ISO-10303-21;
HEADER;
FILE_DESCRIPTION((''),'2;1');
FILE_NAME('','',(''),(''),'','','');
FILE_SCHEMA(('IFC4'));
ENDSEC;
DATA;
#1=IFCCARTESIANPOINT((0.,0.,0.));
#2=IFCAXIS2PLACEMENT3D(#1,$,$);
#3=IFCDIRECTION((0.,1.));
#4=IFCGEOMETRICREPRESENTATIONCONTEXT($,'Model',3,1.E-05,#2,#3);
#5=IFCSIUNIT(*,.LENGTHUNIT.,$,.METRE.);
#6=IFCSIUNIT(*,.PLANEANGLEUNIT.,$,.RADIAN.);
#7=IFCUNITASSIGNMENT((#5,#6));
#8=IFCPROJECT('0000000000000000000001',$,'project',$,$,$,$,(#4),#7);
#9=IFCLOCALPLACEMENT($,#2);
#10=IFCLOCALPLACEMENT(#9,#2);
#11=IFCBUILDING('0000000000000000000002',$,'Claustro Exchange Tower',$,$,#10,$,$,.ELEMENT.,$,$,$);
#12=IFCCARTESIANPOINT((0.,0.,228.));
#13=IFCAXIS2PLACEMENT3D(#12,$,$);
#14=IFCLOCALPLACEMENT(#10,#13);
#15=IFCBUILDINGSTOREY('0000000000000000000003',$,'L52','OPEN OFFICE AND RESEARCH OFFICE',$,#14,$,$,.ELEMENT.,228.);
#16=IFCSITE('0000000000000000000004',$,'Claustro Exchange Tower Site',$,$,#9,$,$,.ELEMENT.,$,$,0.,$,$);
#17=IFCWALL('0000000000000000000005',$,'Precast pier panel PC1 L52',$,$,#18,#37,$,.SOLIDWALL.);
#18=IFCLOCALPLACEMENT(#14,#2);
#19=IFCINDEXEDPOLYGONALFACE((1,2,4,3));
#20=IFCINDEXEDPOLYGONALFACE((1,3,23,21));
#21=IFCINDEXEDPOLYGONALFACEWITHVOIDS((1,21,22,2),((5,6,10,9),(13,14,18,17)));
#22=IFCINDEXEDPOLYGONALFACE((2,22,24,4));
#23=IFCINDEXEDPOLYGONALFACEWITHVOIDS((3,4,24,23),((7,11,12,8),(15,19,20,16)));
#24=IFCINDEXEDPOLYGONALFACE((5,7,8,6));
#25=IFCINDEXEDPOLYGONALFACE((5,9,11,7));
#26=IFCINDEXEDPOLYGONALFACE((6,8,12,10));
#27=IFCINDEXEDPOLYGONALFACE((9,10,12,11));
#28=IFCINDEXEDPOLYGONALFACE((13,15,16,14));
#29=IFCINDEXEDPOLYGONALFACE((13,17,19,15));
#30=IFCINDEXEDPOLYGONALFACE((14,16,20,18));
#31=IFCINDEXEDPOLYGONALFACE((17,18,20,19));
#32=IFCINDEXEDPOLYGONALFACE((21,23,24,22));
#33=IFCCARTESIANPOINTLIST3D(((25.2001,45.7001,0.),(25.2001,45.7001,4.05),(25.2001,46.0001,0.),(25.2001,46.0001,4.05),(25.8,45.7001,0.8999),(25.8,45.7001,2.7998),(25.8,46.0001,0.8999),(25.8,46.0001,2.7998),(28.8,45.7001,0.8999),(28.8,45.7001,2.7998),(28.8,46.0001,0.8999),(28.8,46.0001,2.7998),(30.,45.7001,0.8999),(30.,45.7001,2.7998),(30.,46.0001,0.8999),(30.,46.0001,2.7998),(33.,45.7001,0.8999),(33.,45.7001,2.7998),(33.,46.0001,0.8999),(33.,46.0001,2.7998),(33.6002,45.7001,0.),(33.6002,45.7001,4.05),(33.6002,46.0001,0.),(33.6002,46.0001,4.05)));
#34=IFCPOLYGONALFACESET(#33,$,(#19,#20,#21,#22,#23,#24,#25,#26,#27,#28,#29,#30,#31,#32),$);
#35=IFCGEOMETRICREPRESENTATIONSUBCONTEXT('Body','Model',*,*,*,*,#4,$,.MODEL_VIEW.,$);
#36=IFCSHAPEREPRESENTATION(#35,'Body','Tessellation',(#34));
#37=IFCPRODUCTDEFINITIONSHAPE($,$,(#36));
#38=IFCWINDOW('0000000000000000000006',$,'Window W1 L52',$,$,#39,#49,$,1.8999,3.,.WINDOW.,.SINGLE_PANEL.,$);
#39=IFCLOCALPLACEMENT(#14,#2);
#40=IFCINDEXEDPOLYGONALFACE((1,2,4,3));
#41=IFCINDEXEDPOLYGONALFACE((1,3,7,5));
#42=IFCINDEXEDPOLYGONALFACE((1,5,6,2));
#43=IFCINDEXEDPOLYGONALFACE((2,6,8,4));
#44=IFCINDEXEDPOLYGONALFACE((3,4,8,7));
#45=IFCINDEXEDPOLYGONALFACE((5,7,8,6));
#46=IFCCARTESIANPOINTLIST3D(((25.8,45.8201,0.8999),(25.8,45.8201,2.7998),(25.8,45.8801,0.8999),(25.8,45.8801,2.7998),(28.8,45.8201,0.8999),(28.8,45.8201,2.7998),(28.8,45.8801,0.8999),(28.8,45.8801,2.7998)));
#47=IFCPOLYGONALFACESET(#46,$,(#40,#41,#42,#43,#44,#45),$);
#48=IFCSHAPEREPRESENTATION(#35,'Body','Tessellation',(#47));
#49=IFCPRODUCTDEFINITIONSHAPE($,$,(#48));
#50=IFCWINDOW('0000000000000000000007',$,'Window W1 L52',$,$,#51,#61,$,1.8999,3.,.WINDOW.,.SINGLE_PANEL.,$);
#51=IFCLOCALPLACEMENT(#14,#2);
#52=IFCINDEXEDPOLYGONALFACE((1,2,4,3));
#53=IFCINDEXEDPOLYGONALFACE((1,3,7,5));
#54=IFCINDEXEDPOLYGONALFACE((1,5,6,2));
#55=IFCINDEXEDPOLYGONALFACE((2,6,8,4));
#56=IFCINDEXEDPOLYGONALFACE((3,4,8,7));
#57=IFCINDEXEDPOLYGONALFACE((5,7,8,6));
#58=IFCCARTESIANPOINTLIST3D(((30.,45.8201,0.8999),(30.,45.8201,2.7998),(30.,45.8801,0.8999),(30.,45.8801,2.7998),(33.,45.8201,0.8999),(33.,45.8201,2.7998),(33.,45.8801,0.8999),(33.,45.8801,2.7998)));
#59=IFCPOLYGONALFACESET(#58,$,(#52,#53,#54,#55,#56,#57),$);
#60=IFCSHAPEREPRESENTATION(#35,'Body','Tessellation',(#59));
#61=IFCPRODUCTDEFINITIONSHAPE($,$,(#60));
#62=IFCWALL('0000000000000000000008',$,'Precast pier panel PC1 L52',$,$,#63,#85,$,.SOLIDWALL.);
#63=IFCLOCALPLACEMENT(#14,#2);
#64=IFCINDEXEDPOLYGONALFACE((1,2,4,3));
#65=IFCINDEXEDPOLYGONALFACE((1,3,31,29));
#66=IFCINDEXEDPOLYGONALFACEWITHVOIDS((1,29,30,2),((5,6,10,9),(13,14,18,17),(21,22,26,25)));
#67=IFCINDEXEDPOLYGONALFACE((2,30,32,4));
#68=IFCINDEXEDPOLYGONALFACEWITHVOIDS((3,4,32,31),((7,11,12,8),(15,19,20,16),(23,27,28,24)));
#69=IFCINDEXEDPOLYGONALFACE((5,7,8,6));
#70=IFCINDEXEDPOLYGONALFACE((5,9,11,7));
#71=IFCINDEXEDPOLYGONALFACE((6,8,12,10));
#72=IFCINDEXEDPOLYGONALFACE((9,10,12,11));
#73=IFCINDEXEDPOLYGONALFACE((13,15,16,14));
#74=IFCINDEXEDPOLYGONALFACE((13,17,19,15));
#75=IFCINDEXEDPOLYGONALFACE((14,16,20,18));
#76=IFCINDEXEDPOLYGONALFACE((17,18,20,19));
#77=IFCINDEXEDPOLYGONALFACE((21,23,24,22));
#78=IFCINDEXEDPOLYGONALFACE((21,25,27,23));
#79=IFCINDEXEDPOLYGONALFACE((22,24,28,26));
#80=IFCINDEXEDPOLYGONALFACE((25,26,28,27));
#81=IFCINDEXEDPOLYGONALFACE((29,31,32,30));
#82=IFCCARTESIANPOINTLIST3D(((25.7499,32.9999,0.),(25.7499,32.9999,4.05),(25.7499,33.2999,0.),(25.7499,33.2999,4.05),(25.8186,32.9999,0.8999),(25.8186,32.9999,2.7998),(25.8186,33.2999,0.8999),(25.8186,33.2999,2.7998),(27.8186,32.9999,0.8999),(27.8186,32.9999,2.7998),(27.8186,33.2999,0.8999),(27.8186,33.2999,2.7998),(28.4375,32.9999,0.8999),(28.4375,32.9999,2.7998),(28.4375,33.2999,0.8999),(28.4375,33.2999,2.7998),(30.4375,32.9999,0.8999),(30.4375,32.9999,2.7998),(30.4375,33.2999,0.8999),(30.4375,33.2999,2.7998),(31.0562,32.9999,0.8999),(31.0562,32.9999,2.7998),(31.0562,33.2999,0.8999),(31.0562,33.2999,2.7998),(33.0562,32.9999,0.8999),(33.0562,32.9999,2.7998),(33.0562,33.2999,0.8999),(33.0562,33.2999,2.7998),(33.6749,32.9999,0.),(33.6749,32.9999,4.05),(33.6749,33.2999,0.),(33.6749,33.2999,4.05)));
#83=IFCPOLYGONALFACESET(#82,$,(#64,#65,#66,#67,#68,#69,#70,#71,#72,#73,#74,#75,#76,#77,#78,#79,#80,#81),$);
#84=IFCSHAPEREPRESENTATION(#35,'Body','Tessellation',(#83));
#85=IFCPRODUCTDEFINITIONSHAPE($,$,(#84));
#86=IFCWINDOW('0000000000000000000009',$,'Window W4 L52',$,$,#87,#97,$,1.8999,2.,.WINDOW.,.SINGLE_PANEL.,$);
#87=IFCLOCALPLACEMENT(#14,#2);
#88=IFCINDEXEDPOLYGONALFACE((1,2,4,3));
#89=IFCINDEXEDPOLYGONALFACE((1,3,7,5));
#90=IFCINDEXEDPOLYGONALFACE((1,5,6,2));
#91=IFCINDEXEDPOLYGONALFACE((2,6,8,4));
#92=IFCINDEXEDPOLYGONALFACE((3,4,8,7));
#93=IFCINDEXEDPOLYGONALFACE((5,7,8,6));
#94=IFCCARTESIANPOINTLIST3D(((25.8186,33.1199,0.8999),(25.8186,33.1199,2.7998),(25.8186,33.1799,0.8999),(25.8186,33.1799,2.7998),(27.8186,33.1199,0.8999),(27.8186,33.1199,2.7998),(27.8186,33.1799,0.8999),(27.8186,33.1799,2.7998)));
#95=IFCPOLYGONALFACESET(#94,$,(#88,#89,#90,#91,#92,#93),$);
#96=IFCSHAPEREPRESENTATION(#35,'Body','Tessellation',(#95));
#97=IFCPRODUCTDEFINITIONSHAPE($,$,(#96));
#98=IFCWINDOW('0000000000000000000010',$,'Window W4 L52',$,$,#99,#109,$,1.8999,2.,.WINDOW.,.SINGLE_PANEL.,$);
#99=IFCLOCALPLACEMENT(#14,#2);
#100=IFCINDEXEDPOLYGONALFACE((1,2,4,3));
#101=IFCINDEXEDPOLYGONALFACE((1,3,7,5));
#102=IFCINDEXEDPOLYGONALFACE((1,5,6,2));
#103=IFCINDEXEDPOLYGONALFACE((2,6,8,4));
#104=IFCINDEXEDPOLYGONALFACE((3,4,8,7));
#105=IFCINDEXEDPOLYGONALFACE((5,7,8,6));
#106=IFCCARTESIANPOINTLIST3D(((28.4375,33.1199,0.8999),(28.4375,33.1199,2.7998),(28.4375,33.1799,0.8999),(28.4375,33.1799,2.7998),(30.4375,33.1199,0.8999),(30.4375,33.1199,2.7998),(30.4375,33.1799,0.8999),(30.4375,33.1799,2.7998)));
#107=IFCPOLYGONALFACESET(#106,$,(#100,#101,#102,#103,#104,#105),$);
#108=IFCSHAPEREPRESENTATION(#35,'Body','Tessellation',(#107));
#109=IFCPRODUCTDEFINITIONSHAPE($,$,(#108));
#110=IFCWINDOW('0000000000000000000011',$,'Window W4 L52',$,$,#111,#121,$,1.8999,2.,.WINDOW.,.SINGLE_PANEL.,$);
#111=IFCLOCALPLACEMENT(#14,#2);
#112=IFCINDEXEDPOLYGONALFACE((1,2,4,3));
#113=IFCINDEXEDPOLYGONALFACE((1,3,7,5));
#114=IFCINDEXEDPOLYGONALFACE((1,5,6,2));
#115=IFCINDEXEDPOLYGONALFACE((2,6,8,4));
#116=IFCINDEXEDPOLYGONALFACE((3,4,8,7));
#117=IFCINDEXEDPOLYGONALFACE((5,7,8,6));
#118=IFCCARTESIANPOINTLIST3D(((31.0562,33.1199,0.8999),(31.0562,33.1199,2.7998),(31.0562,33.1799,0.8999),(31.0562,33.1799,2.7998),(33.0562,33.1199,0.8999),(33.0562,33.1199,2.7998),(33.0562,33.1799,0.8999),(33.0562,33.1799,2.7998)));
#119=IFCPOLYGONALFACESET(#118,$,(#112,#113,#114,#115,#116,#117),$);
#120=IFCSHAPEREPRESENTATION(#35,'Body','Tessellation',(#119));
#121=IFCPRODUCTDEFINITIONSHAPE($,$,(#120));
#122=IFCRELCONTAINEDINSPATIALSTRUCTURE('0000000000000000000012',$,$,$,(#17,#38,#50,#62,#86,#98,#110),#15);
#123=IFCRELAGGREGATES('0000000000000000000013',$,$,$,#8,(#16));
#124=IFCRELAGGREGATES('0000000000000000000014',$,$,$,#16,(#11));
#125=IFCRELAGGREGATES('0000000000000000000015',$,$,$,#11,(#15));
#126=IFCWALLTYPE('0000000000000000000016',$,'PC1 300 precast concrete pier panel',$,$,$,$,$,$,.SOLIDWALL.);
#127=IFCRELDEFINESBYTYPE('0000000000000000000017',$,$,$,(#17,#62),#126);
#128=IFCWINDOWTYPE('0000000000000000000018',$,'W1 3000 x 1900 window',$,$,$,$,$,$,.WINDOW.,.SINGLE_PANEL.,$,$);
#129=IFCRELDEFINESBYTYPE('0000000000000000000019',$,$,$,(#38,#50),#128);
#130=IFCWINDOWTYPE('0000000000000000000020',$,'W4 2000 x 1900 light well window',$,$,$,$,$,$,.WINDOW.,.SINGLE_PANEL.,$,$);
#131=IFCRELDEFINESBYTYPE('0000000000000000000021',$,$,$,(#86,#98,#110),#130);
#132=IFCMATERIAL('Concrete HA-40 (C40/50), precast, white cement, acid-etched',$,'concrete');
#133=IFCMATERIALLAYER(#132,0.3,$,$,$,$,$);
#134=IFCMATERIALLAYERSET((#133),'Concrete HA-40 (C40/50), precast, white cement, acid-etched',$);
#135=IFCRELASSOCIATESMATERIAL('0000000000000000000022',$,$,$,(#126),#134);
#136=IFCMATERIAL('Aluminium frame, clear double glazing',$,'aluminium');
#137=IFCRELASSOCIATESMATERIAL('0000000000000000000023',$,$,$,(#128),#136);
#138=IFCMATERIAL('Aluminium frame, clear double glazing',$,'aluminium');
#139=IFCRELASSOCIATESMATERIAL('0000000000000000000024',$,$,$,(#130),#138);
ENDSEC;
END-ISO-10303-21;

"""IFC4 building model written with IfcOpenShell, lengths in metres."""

from ifc_helpers import new_model, si_unit, direction, frame, frame_2d, origin, place, context, subcontext, project, spatial, rectangle, extrude, material, layer, layer_set, type_object, element, fill, save


model = new_model("IFC4")

# Units and contexts
model_context = context("Model", 3, precision=1e-05, world=origin(), true_north=direction((0.0, 1.0)))
body_context = subcontext(model_context, "Body", "Model", "MODEL_VIEW")
ifc_project = project(units=[si_unit("LENGTHUNIT", "METRE"), si_unit("PLANEANGLEUNIT", "RADIAN")], contexts=[model_context])

# Site, building, storey
site_placement = place(None, origin())
site = spatial("IfcSite", under=ifc_project, at=site_placement, Name="Claustro Exchange Tower Site", CompositionType="ELEMENT", RefElevation=0.0)
building_placement = place(site_placement, origin())
building = spatial("IfcBuilding", under=site, at=building_placement, Name="Claustro Exchange Tower", CompositionType="ELEMENT")
storey_placement = place(building_placement, frame((0.0, 0.0, 228.0)))
storey = spatial("IfcBuildingStorey", under=building, at=storey_placement, Name="L52", Description="OPEN OFFICE AND RESEARCH OFFICE", CompositionType="ELEMENT", Elevation=228.0)

# Walls, openings, windows
ifc_material_1 = material(Name="Concrete HA-40 (C40/50), precast, white cement, acid-etched", Category="concrete")
ifc_layer_1 = layer(ifc_material_1, 0.3)
ifc_layer_set_1 = layer_set([ifc_layer_1], Name="Concrete HA-40 (C40/50), precast, white cement, acid-etched")
wall_type_1 = type_object("IfcWallType", Name="PC1 300 precast concrete pier panel", PredefinedType="SOLIDWALL", material=ifc_layer_set_1)
wall_1_placement = place(storey_placement, frame((25.2, 45.8501, 0.0), z_axis=(0.0, 0.0, 1.0), x_axis=(1.0, 0.0, 0.0)))
wall_1 = element("IfcWall", 1, at=wall_1_placement, inside=storey, type_object=wall_type_1, Name="Precast pier panel PC1 L52", PredefinedType="SOLIDWALL", context=body_context, shape_type="SweptSolid", body=[
    extrude(rectangle(XDim=8.4001, YDim=0.3, at=frame_2d((4.2002, 0.0))), origin(), (0.0, 0.0, 1.0), 4.05),
])
opening_1_placement = place(wall_1_placement, frame((0.6001, 0.0, 0.8999)))
opening_1 = element("IfcOpeningElement", 2, at=opening_1_placement, cuts=wall_1, PredefinedType="OPENING", context=body_context, shape_type="SweptSolid", body=[
    extrude(rectangle(XDim=3.0, YDim=1.8999, at=frame_2d((1.5, 0.95))), frame((0.0, 0.1599, 0.0), z_axis=(0.0, -1.0, 0.0), x_axis=(1.0, 0.0, 0.0)), (0.0, 0.0, 1.0), 0.3201),
])
opening_2_placement = place(wall_1_placement, frame((4.8, 0.0, 0.8999)))
opening_2 = element("IfcOpeningElement", 3, at=opening_2_placement, cuts=wall_1, PredefinedType="OPENING", context=body_context, shape_type="SweptSolid", body=[
    extrude(rectangle(XDim=3.0, YDim=1.8999, at=frame_2d((1.5, 0.95))), frame((0.0, 0.1599, 0.0), z_axis=(0.0, -1.0, 0.0), x_axis=(1.0, 0.0, 0.0)), (0.0, 0.0, 1.0), 0.3201),
])
ifc_material_2 = material(Name="Aluminium frame, clear double glazing", Category="aluminium")
window_type_1 = type_object("IfcWindowType", Name="W1 3000 x 1900 window", PartitioningType="SINGLE_PANEL", PredefinedType="WINDOW", material=ifc_material_2)
window_1_placement = place(opening_1_placement, origin())
window_1 = element("IfcWindow", 4, at=window_1_placement, inside=storey, type_object=window_type_1, Name="Window W1 L52", OverallHeight=1.8999, OverallWidth=3.0, PartitioningType="SINGLE_PANEL", PredefinedType="WINDOW", context=body_context, shape_type="SweptSolid", body=[
    extrude(rectangle(XDim=3.0, YDim=1.8999, at=frame_2d((1.5, 0.95))), frame((0.0, 0.03, 0.0), z_axis=(0.0, -1.0, 0.0), x_axis=(1.0, 0.0, 0.0)), (0.0, 0.0, 1.0), 0.0601),
])
fill(opening_1, window_1)
window_2_placement = place(opening_2_placement, origin())
window_2 = element("IfcWindow", 5, at=window_2_placement, inside=storey, type_object=window_type_1, Name="Window W1 L52", OverallHeight=1.8999, OverallWidth=3.0, PartitioningType="SINGLE_PANEL", PredefinedType="WINDOW", context=body_context, shape_type="SweptSolid", body=[
    extrude(rectangle(XDim=3.0, YDim=1.8999, at=frame_2d((1.5, 0.95))), frame((0.0, 0.03, 0.0), z_axis=(0.0, -1.0, 0.0), x_axis=(1.0, 0.0, 0.0)), (0.0, 0.0, 1.0), 0.0601),
])
fill(opening_2, window_2)
wall_2_placement = place(storey_placement, frame((25.75, 33.1499, 0.0), z_axis=(0.0, 0.0, 1.0), x_axis=(1.0, 0.0, 0.0)))
wall_2 = element("IfcWall", 6, at=wall_2_placement, inside=storey, type_object=wall_type_1, Name="Precast pier panel PC1 L52", PredefinedType="SOLIDWALL", context=body_context, shape_type="SweptSolid", body=[
    extrude(rectangle(XDim=7.925, YDim=0.3, at=frame_2d((3.9624, 0.0))), origin(), (0.0, 0.0, 1.0), 4.05),
])
opening_3_placement = place(wall_2_placement, frame((0.0686, 0.0, 0.8999)))
opening_3 = element("IfcOpeningElement", 7, at=opening_3_placement, cuts=wall_2, PredefinedType="OPENING", context=body_context, shape_type="SweptSolid", body=[
    extrude(rectangle(XDim=2.0, YDim=1.8999, at=frame_2d((1.0, 0.95))), frame((0.0, 0.1599, 0.0), z_axis=(0.0, -1.0, 0.0), x_axis=(1.0, 0.0, 0.0)), (0.0, 0.0, 1.0), 0.3201),
])
opening_4_placement = place(wall_2_placement, frame((2.6875, 0.0, 0.8999)))
opening_4 = element("IfcOpeningElement", 8, at=opening_4_placement, cuts=wall_2, PredefinedType="OPENING", context=body_context, shape_type="SweptSolid", body=[
    extrude(rectangle(XDim=2.0, YDim=1.8999, at=frame_2d((1.0, 0.95))), frame((0.0, 0.1599, 0.0), z_axis=(0.0, -1.0, 0.0), x_axis=(1.0, 0.0, 0.0)), (0.0, 0.0, 1.0), 0.3201),
])
opening_5_placement = place(wall_2_placement, frame((5.3062, 0.0, 0.8999)))
opening_5 = element("IfcOpeningElement", 9, at=opening_5_placement, cuts=wall_2, PredefinedType="OPENING", context=body_context, shape_type="SweptSolid", body=[
    extrude(rectangle(XDim=2.0, YDim=1.8999, at=frame_2d((1.0, 0.95))), frame((0.0, 0.1599, 0.0), z_axis=(0.0, -1.0, 0.0), x_axis=(1.0, 0.0, 0.0)), (0.0, 0.0, 1.0), 0.3201),
])
ifc_material_3 = material(Name="Aluminium frame, clear double glazing", Category="aluminium")
window_type_2 = type_object("IfcWindowType", Name="W4 2000 x 1900 light well window", PartitioningType="SINGLE_PANEL", PredefinedType="WINDOW", material=ifc_material_3)
window_3_placement = place(opening_3_placement, origin())
window_3 = element("IfcWindow", 10, at=window_3_placement, inside=storey, type_object=window_type_2, Name="Window W4 L52", OverallHeight=1.8999, OverallWidth=2.0, PartitioningType="SINGLE_PANEL", PredefinedType="WINDOW", context=body_context, shape_type="SweptSolid", body=[
    extrude(rectangle(XDim=2.0, YDim=1.8999, at=frame_2d((1.0, 0.95))), frame((0.0, 0.03, 0.0), z_axis=(0.0, -1.0, 0.0), x_axis=(1.0, 0.0, 0.0)), (0.0, 0.0, 1.0), 0.0601),
])
fill(opening_3, window_3)
window_4_placement = place(opening_4_placement, origin())
window_4 = element("IfcWindow", 11, at=window_4_placement, inside=storey, type_object=window_type_2, Name="Window W4 L52", OverallHeight=1.8999, OverallWidth=2.0, PartitioningType="SINGLE_PANEL", PredefinedType="WINDOW", context=body_context, shape_type="SweptSolid", body=[
    extrude(rectangle(XDim=2.0, YDim=1.8999, at=frame_2d((1.0, 0.95))), frame((0.0, 0.03, 0.0), z_axis=(0.0, -1.0, 0.0), x_axis=(1.0, 0.0, 0.0)), (0.0, 0.0, 1.0), 0.0601),
])
fill(opening_4, window_4)
window_5_placement = place(opening_5_placement, origin())
window_5 = element("IfcWindow", 12, at=window_5_placement, inside=storey, type_object=window_type_2, Name="Window W4 L52", OverallHeight=1.8999, OverallWidth=2.0, PartitioningType="SINGLE_PANEL", PredefinedType="WINDOW", context=body_context, shape_type="SweptSolid", body=[
    extrude(rectangle(XDim=2.0, YDim=1.8999, at=frame_2d((1.0, 0.95))), frame((0.0, 0.03, 0.0), z_axis=(0.0, -1.0, 0.0), x_axis=(1.0, 0.0, 0.0)), (0.0, 0.0, 1.0), 0.0601),
])
fill(opening_5, window_5)

save(model, "model.ifc")
